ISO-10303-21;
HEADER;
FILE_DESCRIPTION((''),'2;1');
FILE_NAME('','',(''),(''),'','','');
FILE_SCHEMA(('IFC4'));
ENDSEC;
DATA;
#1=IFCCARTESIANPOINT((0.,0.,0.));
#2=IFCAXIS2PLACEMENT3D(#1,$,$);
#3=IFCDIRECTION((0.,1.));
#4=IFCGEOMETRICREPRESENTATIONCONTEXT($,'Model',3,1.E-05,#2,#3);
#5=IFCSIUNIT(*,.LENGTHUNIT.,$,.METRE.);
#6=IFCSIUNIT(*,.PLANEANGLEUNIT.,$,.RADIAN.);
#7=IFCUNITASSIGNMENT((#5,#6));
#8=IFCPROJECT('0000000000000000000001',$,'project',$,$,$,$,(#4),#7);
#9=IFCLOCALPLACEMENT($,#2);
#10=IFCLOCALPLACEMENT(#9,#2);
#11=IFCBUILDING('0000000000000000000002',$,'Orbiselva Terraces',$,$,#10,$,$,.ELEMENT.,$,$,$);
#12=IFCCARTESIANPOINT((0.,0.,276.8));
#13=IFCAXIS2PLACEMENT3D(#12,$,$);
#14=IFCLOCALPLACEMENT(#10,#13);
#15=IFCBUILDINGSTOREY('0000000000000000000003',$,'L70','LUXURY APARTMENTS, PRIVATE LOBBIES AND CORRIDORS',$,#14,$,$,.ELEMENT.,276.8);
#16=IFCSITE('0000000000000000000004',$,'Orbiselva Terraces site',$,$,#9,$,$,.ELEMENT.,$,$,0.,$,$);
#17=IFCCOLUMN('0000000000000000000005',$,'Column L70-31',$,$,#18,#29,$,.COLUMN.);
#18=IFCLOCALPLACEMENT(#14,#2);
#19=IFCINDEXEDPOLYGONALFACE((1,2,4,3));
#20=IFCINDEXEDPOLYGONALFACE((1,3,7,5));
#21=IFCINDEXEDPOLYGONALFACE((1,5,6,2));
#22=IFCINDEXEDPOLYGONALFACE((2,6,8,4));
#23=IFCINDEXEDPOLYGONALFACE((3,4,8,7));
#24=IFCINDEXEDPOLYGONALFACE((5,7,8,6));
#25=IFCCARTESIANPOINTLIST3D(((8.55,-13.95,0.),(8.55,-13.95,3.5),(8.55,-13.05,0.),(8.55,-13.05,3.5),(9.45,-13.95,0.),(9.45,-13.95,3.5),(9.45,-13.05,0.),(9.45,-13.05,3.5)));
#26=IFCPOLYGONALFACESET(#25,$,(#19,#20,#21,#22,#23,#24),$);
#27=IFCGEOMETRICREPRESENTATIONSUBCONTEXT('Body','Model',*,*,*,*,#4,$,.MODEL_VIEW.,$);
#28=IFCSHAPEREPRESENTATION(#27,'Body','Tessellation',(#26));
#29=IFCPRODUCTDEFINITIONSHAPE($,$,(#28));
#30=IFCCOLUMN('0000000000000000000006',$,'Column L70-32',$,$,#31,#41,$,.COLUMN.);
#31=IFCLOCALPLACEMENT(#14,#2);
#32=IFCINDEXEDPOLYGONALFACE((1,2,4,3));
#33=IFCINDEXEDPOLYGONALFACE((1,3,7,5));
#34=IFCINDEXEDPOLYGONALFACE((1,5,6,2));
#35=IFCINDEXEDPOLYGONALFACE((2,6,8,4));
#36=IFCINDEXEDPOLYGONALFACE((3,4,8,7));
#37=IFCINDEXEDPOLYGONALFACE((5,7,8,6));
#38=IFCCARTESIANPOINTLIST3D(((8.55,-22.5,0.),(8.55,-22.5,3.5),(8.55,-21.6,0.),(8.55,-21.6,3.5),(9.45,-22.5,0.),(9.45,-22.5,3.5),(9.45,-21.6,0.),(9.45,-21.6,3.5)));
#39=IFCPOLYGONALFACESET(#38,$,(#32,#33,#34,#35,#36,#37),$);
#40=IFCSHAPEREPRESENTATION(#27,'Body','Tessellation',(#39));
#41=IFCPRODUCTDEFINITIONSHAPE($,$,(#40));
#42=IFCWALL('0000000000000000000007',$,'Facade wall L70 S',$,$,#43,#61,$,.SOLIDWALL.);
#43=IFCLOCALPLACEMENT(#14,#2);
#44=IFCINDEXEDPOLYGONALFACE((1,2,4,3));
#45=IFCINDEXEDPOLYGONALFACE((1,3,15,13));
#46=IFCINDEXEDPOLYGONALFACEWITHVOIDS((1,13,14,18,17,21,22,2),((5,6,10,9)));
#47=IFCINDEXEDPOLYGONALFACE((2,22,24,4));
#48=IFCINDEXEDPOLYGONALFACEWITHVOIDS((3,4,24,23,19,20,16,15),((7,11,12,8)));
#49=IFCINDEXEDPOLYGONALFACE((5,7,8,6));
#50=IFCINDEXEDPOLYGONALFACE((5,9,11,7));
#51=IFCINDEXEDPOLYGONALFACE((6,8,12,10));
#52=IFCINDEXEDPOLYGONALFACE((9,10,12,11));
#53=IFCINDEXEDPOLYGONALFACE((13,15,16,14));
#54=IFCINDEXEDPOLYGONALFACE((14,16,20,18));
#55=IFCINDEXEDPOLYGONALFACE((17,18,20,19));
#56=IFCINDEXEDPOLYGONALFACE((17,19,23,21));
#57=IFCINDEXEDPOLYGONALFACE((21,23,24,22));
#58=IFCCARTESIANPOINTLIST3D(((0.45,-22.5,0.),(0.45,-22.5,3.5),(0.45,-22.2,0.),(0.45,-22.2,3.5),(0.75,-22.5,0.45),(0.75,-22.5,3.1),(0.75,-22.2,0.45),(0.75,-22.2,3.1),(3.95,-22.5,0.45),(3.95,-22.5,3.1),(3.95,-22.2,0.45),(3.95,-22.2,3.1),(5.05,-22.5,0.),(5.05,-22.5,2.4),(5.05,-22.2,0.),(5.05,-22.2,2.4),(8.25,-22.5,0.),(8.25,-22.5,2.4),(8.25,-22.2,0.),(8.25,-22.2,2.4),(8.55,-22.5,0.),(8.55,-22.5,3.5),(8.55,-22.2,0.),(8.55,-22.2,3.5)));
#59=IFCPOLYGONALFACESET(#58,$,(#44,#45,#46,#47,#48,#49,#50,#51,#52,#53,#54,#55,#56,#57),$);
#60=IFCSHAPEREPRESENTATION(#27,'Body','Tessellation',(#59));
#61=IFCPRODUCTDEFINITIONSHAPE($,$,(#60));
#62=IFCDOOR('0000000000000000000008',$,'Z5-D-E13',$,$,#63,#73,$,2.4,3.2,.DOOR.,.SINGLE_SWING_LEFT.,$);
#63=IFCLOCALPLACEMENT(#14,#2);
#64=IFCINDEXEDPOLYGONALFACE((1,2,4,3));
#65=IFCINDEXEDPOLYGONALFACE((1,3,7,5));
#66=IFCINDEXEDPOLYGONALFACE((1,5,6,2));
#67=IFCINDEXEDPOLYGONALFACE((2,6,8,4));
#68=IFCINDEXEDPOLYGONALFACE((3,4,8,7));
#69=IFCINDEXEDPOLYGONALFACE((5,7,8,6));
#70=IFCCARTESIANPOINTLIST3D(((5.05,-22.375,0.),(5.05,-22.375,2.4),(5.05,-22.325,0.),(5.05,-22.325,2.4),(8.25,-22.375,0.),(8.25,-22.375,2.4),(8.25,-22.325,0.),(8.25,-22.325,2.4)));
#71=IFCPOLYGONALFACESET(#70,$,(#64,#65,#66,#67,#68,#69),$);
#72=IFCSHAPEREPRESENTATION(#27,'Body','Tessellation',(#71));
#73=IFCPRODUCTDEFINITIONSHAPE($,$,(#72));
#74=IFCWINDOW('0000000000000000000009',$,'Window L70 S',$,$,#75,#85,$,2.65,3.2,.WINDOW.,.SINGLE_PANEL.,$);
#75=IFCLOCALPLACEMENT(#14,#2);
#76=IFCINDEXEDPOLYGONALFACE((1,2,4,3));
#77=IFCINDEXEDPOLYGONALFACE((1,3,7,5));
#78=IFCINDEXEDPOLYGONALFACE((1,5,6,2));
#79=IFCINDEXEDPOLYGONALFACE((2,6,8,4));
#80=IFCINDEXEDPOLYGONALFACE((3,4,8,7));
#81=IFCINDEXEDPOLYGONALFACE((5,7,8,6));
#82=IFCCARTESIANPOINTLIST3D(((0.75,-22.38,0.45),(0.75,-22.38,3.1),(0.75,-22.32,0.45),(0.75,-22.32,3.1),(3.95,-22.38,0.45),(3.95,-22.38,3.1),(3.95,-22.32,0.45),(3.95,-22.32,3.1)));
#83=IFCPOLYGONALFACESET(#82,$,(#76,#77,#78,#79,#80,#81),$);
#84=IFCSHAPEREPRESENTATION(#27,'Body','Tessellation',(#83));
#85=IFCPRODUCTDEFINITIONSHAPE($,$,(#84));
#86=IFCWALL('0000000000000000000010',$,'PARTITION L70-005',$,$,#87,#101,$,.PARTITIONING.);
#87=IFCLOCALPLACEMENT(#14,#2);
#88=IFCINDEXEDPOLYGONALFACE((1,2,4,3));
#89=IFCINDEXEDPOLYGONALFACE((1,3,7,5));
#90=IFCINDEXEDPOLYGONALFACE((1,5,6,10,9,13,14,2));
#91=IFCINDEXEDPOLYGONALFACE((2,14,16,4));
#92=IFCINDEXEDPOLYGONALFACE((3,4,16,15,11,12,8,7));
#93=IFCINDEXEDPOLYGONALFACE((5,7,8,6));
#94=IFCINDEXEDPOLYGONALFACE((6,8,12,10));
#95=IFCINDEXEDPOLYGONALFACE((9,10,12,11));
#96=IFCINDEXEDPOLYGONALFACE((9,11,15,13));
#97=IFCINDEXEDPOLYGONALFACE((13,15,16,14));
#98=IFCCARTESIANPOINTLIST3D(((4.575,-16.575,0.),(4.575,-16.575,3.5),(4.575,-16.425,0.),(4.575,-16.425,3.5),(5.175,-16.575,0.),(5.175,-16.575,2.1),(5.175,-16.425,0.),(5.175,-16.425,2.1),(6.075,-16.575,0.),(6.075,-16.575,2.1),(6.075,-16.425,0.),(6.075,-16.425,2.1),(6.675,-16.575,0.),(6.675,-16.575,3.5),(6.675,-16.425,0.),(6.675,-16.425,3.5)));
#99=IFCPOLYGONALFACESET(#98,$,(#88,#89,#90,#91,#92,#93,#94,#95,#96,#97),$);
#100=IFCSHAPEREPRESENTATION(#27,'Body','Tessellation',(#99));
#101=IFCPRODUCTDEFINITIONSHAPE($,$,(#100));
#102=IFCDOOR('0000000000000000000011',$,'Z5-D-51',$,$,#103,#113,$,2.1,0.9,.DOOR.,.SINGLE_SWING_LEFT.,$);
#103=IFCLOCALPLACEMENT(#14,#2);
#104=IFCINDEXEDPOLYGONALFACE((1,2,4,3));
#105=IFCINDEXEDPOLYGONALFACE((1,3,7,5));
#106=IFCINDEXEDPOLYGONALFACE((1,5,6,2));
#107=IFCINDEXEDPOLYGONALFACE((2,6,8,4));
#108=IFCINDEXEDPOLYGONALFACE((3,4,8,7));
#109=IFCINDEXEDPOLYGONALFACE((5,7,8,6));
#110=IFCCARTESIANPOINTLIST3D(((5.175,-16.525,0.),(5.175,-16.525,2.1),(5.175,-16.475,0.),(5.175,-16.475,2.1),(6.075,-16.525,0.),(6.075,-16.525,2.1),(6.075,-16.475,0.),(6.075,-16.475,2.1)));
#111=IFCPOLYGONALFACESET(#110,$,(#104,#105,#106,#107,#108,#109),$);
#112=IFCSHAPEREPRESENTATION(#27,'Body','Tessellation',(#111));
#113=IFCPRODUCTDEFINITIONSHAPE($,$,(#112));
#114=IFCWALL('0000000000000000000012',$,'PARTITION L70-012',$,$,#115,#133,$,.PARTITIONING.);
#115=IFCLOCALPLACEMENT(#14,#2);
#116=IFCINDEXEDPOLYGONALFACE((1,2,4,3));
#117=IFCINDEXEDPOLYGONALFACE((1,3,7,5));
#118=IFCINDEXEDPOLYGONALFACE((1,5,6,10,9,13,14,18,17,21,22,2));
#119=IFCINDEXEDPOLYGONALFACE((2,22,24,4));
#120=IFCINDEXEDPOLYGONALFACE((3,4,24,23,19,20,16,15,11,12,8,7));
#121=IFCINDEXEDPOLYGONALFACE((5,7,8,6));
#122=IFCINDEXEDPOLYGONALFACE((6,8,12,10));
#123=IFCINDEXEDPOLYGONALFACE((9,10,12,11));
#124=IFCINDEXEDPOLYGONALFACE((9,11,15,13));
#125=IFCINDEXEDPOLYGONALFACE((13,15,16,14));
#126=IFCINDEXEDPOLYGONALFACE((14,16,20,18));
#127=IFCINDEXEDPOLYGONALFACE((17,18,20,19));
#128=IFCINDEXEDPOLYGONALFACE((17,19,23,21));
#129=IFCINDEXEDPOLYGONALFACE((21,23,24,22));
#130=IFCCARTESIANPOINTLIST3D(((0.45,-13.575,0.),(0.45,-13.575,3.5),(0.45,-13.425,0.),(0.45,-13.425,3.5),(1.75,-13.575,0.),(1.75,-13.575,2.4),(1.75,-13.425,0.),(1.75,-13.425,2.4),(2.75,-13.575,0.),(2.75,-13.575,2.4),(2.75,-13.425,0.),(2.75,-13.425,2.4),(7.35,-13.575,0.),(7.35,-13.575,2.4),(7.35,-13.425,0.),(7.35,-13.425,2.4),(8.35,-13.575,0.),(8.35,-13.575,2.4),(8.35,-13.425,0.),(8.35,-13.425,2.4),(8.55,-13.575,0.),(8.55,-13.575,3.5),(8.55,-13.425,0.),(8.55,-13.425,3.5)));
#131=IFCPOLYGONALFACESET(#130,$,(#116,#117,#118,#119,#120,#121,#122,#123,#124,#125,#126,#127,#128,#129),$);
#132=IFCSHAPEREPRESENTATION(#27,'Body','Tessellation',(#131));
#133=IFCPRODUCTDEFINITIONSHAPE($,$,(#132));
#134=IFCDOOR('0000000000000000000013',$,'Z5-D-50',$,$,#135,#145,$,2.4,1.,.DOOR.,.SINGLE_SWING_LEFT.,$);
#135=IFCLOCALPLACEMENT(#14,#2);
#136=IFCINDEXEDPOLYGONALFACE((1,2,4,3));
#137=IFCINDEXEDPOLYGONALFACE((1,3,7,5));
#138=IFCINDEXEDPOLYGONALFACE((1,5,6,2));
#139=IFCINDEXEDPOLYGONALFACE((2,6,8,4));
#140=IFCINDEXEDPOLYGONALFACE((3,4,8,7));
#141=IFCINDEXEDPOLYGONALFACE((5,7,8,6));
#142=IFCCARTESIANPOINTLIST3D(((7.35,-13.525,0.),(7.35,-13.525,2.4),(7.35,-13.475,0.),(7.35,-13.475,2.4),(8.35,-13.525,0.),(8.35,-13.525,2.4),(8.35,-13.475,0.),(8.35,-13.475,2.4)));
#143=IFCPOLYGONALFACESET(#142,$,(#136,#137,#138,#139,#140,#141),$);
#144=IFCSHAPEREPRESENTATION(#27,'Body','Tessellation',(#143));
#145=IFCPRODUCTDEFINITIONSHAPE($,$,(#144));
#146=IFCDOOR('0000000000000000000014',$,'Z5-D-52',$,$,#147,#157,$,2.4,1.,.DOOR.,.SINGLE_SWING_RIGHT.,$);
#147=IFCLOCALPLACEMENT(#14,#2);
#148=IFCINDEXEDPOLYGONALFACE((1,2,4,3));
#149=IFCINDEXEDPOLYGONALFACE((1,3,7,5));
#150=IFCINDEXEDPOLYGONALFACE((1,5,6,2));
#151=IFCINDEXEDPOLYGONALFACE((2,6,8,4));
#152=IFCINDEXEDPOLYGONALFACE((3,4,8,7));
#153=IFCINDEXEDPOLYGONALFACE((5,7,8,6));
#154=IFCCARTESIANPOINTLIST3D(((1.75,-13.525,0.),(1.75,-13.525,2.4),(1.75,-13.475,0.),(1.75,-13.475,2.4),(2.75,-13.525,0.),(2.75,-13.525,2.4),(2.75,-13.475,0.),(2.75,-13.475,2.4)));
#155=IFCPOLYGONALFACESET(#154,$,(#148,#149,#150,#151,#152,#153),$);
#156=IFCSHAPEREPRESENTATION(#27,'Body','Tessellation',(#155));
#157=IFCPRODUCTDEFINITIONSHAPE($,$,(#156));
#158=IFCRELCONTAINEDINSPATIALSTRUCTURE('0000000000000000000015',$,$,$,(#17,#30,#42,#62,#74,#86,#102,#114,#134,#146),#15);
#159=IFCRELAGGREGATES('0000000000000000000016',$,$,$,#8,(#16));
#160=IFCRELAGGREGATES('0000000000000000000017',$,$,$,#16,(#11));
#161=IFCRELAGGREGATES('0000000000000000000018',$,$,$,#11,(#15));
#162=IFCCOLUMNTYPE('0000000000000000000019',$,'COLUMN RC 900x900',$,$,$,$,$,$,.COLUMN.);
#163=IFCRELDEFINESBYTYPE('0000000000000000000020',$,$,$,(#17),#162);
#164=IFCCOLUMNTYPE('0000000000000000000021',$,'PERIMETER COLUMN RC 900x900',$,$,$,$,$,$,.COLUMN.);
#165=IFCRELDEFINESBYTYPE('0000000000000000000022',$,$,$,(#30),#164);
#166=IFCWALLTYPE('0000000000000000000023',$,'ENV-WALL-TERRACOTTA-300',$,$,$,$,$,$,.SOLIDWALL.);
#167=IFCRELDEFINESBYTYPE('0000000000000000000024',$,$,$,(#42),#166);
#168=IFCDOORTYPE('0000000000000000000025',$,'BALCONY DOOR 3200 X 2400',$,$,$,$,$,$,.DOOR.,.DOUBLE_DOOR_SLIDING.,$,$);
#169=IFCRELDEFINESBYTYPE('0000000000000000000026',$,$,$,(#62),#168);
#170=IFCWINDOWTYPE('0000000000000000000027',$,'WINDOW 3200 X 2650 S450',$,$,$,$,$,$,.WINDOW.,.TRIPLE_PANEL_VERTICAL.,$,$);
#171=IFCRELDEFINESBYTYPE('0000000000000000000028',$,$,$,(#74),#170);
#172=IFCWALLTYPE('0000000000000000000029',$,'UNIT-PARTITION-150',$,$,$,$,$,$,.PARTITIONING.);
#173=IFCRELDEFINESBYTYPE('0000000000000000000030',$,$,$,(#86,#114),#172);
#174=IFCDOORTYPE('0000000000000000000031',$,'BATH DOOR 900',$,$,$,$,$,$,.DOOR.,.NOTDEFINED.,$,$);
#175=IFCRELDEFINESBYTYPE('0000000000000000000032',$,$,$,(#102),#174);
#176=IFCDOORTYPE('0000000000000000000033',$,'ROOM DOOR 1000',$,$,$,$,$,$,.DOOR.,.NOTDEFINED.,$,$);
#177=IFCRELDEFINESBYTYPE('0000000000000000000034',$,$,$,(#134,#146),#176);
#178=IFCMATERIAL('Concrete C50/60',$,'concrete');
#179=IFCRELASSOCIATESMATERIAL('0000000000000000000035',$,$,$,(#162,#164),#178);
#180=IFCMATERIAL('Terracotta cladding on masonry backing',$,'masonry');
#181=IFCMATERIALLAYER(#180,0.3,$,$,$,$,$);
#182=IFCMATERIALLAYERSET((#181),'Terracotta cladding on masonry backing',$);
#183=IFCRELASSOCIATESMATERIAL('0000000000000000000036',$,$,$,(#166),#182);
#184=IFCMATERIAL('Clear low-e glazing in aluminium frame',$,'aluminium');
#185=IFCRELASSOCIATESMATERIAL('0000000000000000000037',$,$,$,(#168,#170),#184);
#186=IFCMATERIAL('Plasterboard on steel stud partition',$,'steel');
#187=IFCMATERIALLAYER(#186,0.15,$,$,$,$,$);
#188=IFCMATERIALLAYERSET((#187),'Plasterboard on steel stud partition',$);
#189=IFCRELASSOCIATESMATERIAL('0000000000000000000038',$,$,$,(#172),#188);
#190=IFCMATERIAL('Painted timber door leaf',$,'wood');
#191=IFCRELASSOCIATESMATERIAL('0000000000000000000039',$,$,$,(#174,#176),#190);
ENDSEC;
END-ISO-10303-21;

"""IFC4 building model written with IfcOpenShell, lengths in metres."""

from ifc_helpers import new_model, si_unit, direction, frame, frame_2d, origin, origin_2d, place, context, subcontext, project, spatial, rectangle, extrude, material, layer, layer_set, material_profile, profile_set, type_object, element, fill, save


model = new_model("IFC4")

# Units and contexts
model_context = context("Model", 3, precision=1e-05, world=origin(), true_north=direction((0.0, 1.0)))
body_context = subcontext(model_context, "Body", "Model", "MODEL_VIEW")
ifc_project = project(units=[si_unit("LENGTHUNIT", "METRE"), si_unit("PLANEANGLEUNIT", "RADIAN")], contexts=[model_context])

# Site, building, storey
site_placement = place(None, origin())
site = spatial("IfcSite", under=ifc_project, at=site_placement, Name="Orbiselva Terraces site", CompositionType="ELEMENT", RefElevation=0.0)
building_placement = place(site_placement, origin())
building = spatial("IfcBuilding", under=site, at=building_placement, Name="Orbiselva Terraces", CompositionType="ELEMENT")
storey_placement = place(building_placement, frame((0.0, 0.0, 276.8)))
storey = spatial("IfcBuildingStorey", under=building, at=storey_placement, Name="L70", Description="LUXURY APARTMENTS, PRIVATE LOBBIES AND CORRIDORS", CompositionType="ELEMENT", Elevation=276.8)

# Columns
ifc_material_1 = material(Name="Concrete C50/60", Category="concrete")
ifc_material_profile_1 = material_profile(ifc_material_1, rectangle(XDim=0.9, YDim=0.9, at=origin_2d()), Name="RC 900x900")
ifc_profile_set_1 = profile_set([ifc_material_profile_1], Name="Concrete C50/60")
column_type_1 = type_object("IfcColumnType", Name="COLUMN RC 900x900", PredefinedType="COLUMN", material=ifc_profile_set_1)
column_1_placement = place(storey_placement, frame((9.0, -13.5, 0.0), z_axis=(0.0, 0.0, 1.0), x_axis=(1.0, 0.0, 0.0)))
element("IfcColumn", 1, at=column_1_placement, inside=storey, type_object=column_type_1, Name="Column L70-31", PredefinedType="COLUMN", context=body_context, shape_type="SweptSolid", body=[
    extrude(rectangle(XDim=0.9, YDim=0.9, at=origin_2d()), origin(), (0.0, 0.0, 1.0), 3.5),
])
ifc_material_profile_2 = material_profile(ifc_material_1, rectangle(XDim=0.9, YDim=0.9, at=origin_2d()), Name="RC 900x900")
ifc_profile_set_2 = profile_set([ifc_material_profile_2], Name="Concrete C50/60")
column_type_2 = type_object("IfcColumnType", Name="PERIMETER COLUMN RC 900x900", PredefinedType="COLUMN", material=ifc_profile_set_2)
column_2_placement = place(storey_placement, frame((9.0, -22.05, 0.0), z_axis=(0.0, 0.0, 1.0), x_axis=(1.0, 0.0, 0.0)))
element("IfcColumn", 2, at=column_2_placement, inside=storey, type_object=column_type_2, Name="Column L70-32", PredefinedType="COLUMN", context=body_context, shape_type="SweptSolid", body=[
    extrude(rectangle(XDim=0.9, YDim=0.9, at=origin_2d()), origin(), (0.0, 0.0, 1.0), 3.5),
])

# Wall, openings, door, window
ifc_material_2 = material(Name="Terracotta cladding on masonry backing", Category="masonry")
ifc_layer_1 = layer(ifc_material_2, 0.3)
ifc_layer_set_1 = layer_set([ifc_layer_1], Name="Terracotta cladding on masonry backing")
wall_type_1 = type_object("IfcWallType", Name="ENV-WALL-TERRACOTTA-300", PredefinedType="SOLIDWALL", material=ifc_layer_set_1)
wall_1_placement = place(storey_placement, frame((8.55, -22.35, 0.0), z_axis=(0.0, 0.0, 1.0), x_axis=(-1.0, 0.0, 0.0)))
wall_1 = element("IfcWall", 3, at=wall_1_placement, inside=storey, type_object=wall_type_1, Name="Facade wall L70 S", PredefinedType="SOLIDWALL", context=body_context, shape_type="SweptSolid", body=[
    extrude(rectangle(XDim=8.1, YDim=0.3, at=frame_2d((4.05, 0.0))), origin(), (0.0, 0.0, 1.0), 3.5),
])
opening_1_placement = place(wall_1_placement, frame((4.6, 0.0, 0.45)))
opening_1 = element("IfcOpeningElement", 4, at=opening_1_placement, cuts=wall_1, PredefinedType="OPENING", context=body_context, shape_type="SweptSolid", body=[
    extrude(rectangle(XDim=3.2, YDim=2.65, at=frame_2d((1.6, 1.325))), frame((0.0, 0.16, 0.0), z_axis=(0.0, -1.0, 0.0), x_axis=(1.0, 0.0, 0.0)), (0.0, 0.0, 1.0), 0.32),
])
opening_2_placement = place(wall_1_placement, frame((0.3, 0.0, 0.0)))
opening_2 = element("IfcOpeningElement", 5, at=opening_2_placement, cuts=wall_1, PredefinedType="OPENING", context=body_context, shape_type="SweptSolid", body=[
    extrude(rectangle(XDim=3.2, YDim=2.4, at=frame_2d((1.6, 1.2))), frame((0.0, 0.16, 0.0), z_axis=(0.0, -1.0, 0.0), x_axis=(1.0, 0.0, 0.0)), (0.0, 0.0, 1.0), 0.32),
])
ifc_material_3 = material(Name="Clear low-e glazing in aluminium frame", Category="aluminium")
door_type_1 = type_object("IfcDoorType", Name="BALCONY DOOR 3200 X 2400", OperationType="DOUBLE_DOOR_SLIDING", PredefinedType="DOOR", material=ifc_material_3)
door_1_placement = place(opening_2_placement, origin())
door_1 = element("IfcDoor", 6, at=door_1_placement, inside=storey, type_object=door_type_1, Name="Z5-D-E13", OperationType="SINGLE_SWING_LEFT", OverallHeight=2.4, OverallWidth=3.2, PredefinedType="DOOR", context=body_context, shape_type="SweptSolid", body=[
    extrude(rectangle(XDim=3.2, YDim=2.4, at=frame_2d((1.6, 1.2))), frame((0.0, 0.025, 0.0), z_axis=(0.0, -1.0, 0.0), x_axis=(1.0, 0.0, 0.0)), (0.0, 0.0, 1.0), 0.05),
])
fill(opening_2, door_1)
window_type = type_object("IfcWindowType", Name="WINDOW 3200 X 2650 S450", PartitioningType="TRIPLE_PANEL_VERTICAL", PredefinedType="WINDOW", material=ifc_material_3)
window_placement = place(opening_1_placement, origin())
window = element("IfcWindow", 7, at=window_placement, inside=storey, type_object=window_type, Name="Window L70 S", OverallHeight=2.65, OverallWidth=3.2, PartitioningType="SINGLE_PANEL", PredefinedType="WINDOW", context=body_context, shape_type="SweptSolid", body=[
    extrude(rectangle(XDim=3.2, YDim=2.65, at=frame_2d((1.6, 1.325))), frame((0.0, 0.03, 0.0), z_axis=(0.0, -1.0, 0.0), x_axis=(1.0, 0.0, 0.0)), (0.0, 0.0, 1.0), 0.06),
])
fill(opening_1, window)

# Wall, opening, door
ifc_material_4 = material(Name="Plasterboard on steel stud partition", Category="steel")
ifc_layer_2 = layer(ifc_material_4, 0.15)
ifc_layer_set_2 = layer_set([ifc_layer_2], Name="Plasterboard on steel stud partition")
wall_type_2 = type_object("IfcWallType", Name="UNIT-PARTITION-150", PredefinedType="PARTITIONING", material=ifc_layer_set_2)
wall_2_placement = place(storey_placement, frame((4.575, -16.5, 0.0), z_axis=(0.0, 0.0, 1.0), x_axis=(1.0, 0.0, 0.0)))
wall_2 = element("IfcWall", 8, at=wall_2_placement, inside=storey, type_object=wall_type_2, Name="PARTITION L70-005", PredefinedType="PARTITIONING", context=body_context, shape_type="SweptSolid", body=[
    extrude(rectangle(XDim=2.1, YDim=0.15, at=frame_2d((1.05, 0.0))), origin(), (0.0, 0.0, 1.0), 3.5),
])
opening_3_placement = place(wall_2_placement, frame((0.6, 0.0, 0.0)))
opening_3 = element("IfcOpeningElement", 9, at=opening_3_placement, cuts=wall_2, PredefinedType="OPENING", context=body_context, shape_type="SweptSolid", body=[
    extrude(rectangle(XDim=0.9, YDim=2.1, at=frame_2d((0.45, 1.05))), frame((0.0, 0.085, 0.0), z_axis=(0.0, -1.0, 0.0), x_axis=(1.0, 0.0, 0.0)), (0.0, 0.0, 1.0), 0.17),
])
ifc_material_5 = material(Name="Painted timber door leaf", Category="wood")
door_type_2 = type_object("IfcDoorType", Name="BATH DOOR 900", OperationType="NOTDEFINED", PredefinedType="DOOR", material=ifc_material_5)
door_2_placement = place(opening_3_placement, origin())
door_2 = element("IfcDoor", 10, at=door_2_placement, inside=storey, type_object=door_type_2, Name="Z5-D-51", OperationType="SINGLE_SWING_LEFT", OverallHeight=2.1, OverallWidth=0.9, PredefinedType="DOOR", context=body_context, shape_type="SweptSolid", body=[
    extrude(rectangle(XDim=0.9, YDim=2.1, at=frame_2d((0.45, 1.05))), frame((0.0, 0.025, 0.0), z_axis=(0.0, -1.0, 0.0), x_axis=(1.0, 0.0, 0.0)), (0.0, 0.0, 1.0), 0.05),
])
fill(opening_3, door_2)

# Wall, openings, doors
wall_3_placement = place(storey_placement, frame((8.55, -13.5, 0.0), z_axis=(0.0, 0.0, 1.0), x_axis=(-1.0, 0.0, 0.0)))
wall_3 = element("IfcWall", 11, at=wall_3_placement, inside=storey, type_object=wall_type_2, Name="PARTITION L70-012", PredefinedType="PARTITIONING", context=body_context, shape_type="SweptSolid", body=[
    extrude(rectangle(XDim=8.1, YDim=0.15, at=frame_2d((4.05, 0.0))), origin(), (0.0, 0.0, 1.0), 3.5),
])
opening_4_placement = place(wall_3_placement, frame((0.2, 0.0, 0.0)))
opening_4 = element("IfcOpeningElement", 12, at=opening_4_placement, cuts=wall_3, PredefinedType="OPENING", context=body_context, shape_type="SweptSolid", body=[
    extrude(rectangle(XDim=1.0, YDim=2.4, at=frame_2d((0.5, 1.2))), frame((0.0, 0.085, 0.0), z_axis=(0.0, -1.0, 0.0), x_axis=(1.0, 0.0, 0.0)), (0.0, 0.0, 1.0), 0.17),
])
opening_5_placement = place(wall_3_placement, frame((5.8, 0.0, 0.0)))
opening_5 = element("IfcOpeningElement", 13, at=opening_5_placement, cuts=wall_3, PredefinedType="OPENING", context=body_context, shape_type="SweptSolid", body=[
    extrude(rectangle(XDim=1.0, YDim=2.4, at=frame_2d((0.5, 1.2))), frame((0.0, 0.085, 0.0), z_axis=(0.0, -1.0, 0.0), x_axis=(1.0, 0.0, 0.0)), (0.0, 0.0, 1.0), 0.17),
])
door_type_3 = type_object("IfcDoorType", Name="ROOM DOOR 1000", OperationType="NOTDEFINED", PredefinedType="DOOR", material=ifc_material_5)
door_3_placement = place(opening_4_placement, origin())
door_3 = element("IfcDoor", 14, at=door_3_placement, inside=storey, type_object=door_type_3, Name="Z5-D-50", OperationType="SINGLE_SWING_LEFT", OverallHeight=2.4, OverallWidth=1.0, PredefinedType="DOOR", context=body_context, shape_type="SweptSolid", body=[
    extrude(rectangle(XDim=1.0, YDim=2.4, at=frame_2d((0.5, 1.2))), frame((0.0, 0.025, 0.0), z_axis=(0.0, -1.0, 0.0), x_axis=(1.0, 0.0, 0.0)), (0.0, 0.0, 1.0), 0.05),
])
fill(opening_4, door_3)
door_4_placement = place(opening_5_placement, origin())
door_4 = element("IfcDoor", 15, at=door_4_placement, inside=storey, type_object=door_type_3, Name="Z5-D-52", OperationType="SINGLE_SWING_RIGHT", OverallHeight=2.4, OverallWidth=1.0, PredefinedType="DOOR", context=body_context, shape_type="SweptSolid", body=[
    extrude(rectangle(XDim=1.0, YDim=2.4, at=frame_2d((0.5, 1.2))), frame((0.0, 0.025, 0.0), z_axis=(0.0, -1.0, 0.0), x_axis=(1.0, 0.0, 0.0)), (0.0, 0.0, 1.0), 0.05),
])
fill(opening_5, door_4)

save(model, "model.ifc")
